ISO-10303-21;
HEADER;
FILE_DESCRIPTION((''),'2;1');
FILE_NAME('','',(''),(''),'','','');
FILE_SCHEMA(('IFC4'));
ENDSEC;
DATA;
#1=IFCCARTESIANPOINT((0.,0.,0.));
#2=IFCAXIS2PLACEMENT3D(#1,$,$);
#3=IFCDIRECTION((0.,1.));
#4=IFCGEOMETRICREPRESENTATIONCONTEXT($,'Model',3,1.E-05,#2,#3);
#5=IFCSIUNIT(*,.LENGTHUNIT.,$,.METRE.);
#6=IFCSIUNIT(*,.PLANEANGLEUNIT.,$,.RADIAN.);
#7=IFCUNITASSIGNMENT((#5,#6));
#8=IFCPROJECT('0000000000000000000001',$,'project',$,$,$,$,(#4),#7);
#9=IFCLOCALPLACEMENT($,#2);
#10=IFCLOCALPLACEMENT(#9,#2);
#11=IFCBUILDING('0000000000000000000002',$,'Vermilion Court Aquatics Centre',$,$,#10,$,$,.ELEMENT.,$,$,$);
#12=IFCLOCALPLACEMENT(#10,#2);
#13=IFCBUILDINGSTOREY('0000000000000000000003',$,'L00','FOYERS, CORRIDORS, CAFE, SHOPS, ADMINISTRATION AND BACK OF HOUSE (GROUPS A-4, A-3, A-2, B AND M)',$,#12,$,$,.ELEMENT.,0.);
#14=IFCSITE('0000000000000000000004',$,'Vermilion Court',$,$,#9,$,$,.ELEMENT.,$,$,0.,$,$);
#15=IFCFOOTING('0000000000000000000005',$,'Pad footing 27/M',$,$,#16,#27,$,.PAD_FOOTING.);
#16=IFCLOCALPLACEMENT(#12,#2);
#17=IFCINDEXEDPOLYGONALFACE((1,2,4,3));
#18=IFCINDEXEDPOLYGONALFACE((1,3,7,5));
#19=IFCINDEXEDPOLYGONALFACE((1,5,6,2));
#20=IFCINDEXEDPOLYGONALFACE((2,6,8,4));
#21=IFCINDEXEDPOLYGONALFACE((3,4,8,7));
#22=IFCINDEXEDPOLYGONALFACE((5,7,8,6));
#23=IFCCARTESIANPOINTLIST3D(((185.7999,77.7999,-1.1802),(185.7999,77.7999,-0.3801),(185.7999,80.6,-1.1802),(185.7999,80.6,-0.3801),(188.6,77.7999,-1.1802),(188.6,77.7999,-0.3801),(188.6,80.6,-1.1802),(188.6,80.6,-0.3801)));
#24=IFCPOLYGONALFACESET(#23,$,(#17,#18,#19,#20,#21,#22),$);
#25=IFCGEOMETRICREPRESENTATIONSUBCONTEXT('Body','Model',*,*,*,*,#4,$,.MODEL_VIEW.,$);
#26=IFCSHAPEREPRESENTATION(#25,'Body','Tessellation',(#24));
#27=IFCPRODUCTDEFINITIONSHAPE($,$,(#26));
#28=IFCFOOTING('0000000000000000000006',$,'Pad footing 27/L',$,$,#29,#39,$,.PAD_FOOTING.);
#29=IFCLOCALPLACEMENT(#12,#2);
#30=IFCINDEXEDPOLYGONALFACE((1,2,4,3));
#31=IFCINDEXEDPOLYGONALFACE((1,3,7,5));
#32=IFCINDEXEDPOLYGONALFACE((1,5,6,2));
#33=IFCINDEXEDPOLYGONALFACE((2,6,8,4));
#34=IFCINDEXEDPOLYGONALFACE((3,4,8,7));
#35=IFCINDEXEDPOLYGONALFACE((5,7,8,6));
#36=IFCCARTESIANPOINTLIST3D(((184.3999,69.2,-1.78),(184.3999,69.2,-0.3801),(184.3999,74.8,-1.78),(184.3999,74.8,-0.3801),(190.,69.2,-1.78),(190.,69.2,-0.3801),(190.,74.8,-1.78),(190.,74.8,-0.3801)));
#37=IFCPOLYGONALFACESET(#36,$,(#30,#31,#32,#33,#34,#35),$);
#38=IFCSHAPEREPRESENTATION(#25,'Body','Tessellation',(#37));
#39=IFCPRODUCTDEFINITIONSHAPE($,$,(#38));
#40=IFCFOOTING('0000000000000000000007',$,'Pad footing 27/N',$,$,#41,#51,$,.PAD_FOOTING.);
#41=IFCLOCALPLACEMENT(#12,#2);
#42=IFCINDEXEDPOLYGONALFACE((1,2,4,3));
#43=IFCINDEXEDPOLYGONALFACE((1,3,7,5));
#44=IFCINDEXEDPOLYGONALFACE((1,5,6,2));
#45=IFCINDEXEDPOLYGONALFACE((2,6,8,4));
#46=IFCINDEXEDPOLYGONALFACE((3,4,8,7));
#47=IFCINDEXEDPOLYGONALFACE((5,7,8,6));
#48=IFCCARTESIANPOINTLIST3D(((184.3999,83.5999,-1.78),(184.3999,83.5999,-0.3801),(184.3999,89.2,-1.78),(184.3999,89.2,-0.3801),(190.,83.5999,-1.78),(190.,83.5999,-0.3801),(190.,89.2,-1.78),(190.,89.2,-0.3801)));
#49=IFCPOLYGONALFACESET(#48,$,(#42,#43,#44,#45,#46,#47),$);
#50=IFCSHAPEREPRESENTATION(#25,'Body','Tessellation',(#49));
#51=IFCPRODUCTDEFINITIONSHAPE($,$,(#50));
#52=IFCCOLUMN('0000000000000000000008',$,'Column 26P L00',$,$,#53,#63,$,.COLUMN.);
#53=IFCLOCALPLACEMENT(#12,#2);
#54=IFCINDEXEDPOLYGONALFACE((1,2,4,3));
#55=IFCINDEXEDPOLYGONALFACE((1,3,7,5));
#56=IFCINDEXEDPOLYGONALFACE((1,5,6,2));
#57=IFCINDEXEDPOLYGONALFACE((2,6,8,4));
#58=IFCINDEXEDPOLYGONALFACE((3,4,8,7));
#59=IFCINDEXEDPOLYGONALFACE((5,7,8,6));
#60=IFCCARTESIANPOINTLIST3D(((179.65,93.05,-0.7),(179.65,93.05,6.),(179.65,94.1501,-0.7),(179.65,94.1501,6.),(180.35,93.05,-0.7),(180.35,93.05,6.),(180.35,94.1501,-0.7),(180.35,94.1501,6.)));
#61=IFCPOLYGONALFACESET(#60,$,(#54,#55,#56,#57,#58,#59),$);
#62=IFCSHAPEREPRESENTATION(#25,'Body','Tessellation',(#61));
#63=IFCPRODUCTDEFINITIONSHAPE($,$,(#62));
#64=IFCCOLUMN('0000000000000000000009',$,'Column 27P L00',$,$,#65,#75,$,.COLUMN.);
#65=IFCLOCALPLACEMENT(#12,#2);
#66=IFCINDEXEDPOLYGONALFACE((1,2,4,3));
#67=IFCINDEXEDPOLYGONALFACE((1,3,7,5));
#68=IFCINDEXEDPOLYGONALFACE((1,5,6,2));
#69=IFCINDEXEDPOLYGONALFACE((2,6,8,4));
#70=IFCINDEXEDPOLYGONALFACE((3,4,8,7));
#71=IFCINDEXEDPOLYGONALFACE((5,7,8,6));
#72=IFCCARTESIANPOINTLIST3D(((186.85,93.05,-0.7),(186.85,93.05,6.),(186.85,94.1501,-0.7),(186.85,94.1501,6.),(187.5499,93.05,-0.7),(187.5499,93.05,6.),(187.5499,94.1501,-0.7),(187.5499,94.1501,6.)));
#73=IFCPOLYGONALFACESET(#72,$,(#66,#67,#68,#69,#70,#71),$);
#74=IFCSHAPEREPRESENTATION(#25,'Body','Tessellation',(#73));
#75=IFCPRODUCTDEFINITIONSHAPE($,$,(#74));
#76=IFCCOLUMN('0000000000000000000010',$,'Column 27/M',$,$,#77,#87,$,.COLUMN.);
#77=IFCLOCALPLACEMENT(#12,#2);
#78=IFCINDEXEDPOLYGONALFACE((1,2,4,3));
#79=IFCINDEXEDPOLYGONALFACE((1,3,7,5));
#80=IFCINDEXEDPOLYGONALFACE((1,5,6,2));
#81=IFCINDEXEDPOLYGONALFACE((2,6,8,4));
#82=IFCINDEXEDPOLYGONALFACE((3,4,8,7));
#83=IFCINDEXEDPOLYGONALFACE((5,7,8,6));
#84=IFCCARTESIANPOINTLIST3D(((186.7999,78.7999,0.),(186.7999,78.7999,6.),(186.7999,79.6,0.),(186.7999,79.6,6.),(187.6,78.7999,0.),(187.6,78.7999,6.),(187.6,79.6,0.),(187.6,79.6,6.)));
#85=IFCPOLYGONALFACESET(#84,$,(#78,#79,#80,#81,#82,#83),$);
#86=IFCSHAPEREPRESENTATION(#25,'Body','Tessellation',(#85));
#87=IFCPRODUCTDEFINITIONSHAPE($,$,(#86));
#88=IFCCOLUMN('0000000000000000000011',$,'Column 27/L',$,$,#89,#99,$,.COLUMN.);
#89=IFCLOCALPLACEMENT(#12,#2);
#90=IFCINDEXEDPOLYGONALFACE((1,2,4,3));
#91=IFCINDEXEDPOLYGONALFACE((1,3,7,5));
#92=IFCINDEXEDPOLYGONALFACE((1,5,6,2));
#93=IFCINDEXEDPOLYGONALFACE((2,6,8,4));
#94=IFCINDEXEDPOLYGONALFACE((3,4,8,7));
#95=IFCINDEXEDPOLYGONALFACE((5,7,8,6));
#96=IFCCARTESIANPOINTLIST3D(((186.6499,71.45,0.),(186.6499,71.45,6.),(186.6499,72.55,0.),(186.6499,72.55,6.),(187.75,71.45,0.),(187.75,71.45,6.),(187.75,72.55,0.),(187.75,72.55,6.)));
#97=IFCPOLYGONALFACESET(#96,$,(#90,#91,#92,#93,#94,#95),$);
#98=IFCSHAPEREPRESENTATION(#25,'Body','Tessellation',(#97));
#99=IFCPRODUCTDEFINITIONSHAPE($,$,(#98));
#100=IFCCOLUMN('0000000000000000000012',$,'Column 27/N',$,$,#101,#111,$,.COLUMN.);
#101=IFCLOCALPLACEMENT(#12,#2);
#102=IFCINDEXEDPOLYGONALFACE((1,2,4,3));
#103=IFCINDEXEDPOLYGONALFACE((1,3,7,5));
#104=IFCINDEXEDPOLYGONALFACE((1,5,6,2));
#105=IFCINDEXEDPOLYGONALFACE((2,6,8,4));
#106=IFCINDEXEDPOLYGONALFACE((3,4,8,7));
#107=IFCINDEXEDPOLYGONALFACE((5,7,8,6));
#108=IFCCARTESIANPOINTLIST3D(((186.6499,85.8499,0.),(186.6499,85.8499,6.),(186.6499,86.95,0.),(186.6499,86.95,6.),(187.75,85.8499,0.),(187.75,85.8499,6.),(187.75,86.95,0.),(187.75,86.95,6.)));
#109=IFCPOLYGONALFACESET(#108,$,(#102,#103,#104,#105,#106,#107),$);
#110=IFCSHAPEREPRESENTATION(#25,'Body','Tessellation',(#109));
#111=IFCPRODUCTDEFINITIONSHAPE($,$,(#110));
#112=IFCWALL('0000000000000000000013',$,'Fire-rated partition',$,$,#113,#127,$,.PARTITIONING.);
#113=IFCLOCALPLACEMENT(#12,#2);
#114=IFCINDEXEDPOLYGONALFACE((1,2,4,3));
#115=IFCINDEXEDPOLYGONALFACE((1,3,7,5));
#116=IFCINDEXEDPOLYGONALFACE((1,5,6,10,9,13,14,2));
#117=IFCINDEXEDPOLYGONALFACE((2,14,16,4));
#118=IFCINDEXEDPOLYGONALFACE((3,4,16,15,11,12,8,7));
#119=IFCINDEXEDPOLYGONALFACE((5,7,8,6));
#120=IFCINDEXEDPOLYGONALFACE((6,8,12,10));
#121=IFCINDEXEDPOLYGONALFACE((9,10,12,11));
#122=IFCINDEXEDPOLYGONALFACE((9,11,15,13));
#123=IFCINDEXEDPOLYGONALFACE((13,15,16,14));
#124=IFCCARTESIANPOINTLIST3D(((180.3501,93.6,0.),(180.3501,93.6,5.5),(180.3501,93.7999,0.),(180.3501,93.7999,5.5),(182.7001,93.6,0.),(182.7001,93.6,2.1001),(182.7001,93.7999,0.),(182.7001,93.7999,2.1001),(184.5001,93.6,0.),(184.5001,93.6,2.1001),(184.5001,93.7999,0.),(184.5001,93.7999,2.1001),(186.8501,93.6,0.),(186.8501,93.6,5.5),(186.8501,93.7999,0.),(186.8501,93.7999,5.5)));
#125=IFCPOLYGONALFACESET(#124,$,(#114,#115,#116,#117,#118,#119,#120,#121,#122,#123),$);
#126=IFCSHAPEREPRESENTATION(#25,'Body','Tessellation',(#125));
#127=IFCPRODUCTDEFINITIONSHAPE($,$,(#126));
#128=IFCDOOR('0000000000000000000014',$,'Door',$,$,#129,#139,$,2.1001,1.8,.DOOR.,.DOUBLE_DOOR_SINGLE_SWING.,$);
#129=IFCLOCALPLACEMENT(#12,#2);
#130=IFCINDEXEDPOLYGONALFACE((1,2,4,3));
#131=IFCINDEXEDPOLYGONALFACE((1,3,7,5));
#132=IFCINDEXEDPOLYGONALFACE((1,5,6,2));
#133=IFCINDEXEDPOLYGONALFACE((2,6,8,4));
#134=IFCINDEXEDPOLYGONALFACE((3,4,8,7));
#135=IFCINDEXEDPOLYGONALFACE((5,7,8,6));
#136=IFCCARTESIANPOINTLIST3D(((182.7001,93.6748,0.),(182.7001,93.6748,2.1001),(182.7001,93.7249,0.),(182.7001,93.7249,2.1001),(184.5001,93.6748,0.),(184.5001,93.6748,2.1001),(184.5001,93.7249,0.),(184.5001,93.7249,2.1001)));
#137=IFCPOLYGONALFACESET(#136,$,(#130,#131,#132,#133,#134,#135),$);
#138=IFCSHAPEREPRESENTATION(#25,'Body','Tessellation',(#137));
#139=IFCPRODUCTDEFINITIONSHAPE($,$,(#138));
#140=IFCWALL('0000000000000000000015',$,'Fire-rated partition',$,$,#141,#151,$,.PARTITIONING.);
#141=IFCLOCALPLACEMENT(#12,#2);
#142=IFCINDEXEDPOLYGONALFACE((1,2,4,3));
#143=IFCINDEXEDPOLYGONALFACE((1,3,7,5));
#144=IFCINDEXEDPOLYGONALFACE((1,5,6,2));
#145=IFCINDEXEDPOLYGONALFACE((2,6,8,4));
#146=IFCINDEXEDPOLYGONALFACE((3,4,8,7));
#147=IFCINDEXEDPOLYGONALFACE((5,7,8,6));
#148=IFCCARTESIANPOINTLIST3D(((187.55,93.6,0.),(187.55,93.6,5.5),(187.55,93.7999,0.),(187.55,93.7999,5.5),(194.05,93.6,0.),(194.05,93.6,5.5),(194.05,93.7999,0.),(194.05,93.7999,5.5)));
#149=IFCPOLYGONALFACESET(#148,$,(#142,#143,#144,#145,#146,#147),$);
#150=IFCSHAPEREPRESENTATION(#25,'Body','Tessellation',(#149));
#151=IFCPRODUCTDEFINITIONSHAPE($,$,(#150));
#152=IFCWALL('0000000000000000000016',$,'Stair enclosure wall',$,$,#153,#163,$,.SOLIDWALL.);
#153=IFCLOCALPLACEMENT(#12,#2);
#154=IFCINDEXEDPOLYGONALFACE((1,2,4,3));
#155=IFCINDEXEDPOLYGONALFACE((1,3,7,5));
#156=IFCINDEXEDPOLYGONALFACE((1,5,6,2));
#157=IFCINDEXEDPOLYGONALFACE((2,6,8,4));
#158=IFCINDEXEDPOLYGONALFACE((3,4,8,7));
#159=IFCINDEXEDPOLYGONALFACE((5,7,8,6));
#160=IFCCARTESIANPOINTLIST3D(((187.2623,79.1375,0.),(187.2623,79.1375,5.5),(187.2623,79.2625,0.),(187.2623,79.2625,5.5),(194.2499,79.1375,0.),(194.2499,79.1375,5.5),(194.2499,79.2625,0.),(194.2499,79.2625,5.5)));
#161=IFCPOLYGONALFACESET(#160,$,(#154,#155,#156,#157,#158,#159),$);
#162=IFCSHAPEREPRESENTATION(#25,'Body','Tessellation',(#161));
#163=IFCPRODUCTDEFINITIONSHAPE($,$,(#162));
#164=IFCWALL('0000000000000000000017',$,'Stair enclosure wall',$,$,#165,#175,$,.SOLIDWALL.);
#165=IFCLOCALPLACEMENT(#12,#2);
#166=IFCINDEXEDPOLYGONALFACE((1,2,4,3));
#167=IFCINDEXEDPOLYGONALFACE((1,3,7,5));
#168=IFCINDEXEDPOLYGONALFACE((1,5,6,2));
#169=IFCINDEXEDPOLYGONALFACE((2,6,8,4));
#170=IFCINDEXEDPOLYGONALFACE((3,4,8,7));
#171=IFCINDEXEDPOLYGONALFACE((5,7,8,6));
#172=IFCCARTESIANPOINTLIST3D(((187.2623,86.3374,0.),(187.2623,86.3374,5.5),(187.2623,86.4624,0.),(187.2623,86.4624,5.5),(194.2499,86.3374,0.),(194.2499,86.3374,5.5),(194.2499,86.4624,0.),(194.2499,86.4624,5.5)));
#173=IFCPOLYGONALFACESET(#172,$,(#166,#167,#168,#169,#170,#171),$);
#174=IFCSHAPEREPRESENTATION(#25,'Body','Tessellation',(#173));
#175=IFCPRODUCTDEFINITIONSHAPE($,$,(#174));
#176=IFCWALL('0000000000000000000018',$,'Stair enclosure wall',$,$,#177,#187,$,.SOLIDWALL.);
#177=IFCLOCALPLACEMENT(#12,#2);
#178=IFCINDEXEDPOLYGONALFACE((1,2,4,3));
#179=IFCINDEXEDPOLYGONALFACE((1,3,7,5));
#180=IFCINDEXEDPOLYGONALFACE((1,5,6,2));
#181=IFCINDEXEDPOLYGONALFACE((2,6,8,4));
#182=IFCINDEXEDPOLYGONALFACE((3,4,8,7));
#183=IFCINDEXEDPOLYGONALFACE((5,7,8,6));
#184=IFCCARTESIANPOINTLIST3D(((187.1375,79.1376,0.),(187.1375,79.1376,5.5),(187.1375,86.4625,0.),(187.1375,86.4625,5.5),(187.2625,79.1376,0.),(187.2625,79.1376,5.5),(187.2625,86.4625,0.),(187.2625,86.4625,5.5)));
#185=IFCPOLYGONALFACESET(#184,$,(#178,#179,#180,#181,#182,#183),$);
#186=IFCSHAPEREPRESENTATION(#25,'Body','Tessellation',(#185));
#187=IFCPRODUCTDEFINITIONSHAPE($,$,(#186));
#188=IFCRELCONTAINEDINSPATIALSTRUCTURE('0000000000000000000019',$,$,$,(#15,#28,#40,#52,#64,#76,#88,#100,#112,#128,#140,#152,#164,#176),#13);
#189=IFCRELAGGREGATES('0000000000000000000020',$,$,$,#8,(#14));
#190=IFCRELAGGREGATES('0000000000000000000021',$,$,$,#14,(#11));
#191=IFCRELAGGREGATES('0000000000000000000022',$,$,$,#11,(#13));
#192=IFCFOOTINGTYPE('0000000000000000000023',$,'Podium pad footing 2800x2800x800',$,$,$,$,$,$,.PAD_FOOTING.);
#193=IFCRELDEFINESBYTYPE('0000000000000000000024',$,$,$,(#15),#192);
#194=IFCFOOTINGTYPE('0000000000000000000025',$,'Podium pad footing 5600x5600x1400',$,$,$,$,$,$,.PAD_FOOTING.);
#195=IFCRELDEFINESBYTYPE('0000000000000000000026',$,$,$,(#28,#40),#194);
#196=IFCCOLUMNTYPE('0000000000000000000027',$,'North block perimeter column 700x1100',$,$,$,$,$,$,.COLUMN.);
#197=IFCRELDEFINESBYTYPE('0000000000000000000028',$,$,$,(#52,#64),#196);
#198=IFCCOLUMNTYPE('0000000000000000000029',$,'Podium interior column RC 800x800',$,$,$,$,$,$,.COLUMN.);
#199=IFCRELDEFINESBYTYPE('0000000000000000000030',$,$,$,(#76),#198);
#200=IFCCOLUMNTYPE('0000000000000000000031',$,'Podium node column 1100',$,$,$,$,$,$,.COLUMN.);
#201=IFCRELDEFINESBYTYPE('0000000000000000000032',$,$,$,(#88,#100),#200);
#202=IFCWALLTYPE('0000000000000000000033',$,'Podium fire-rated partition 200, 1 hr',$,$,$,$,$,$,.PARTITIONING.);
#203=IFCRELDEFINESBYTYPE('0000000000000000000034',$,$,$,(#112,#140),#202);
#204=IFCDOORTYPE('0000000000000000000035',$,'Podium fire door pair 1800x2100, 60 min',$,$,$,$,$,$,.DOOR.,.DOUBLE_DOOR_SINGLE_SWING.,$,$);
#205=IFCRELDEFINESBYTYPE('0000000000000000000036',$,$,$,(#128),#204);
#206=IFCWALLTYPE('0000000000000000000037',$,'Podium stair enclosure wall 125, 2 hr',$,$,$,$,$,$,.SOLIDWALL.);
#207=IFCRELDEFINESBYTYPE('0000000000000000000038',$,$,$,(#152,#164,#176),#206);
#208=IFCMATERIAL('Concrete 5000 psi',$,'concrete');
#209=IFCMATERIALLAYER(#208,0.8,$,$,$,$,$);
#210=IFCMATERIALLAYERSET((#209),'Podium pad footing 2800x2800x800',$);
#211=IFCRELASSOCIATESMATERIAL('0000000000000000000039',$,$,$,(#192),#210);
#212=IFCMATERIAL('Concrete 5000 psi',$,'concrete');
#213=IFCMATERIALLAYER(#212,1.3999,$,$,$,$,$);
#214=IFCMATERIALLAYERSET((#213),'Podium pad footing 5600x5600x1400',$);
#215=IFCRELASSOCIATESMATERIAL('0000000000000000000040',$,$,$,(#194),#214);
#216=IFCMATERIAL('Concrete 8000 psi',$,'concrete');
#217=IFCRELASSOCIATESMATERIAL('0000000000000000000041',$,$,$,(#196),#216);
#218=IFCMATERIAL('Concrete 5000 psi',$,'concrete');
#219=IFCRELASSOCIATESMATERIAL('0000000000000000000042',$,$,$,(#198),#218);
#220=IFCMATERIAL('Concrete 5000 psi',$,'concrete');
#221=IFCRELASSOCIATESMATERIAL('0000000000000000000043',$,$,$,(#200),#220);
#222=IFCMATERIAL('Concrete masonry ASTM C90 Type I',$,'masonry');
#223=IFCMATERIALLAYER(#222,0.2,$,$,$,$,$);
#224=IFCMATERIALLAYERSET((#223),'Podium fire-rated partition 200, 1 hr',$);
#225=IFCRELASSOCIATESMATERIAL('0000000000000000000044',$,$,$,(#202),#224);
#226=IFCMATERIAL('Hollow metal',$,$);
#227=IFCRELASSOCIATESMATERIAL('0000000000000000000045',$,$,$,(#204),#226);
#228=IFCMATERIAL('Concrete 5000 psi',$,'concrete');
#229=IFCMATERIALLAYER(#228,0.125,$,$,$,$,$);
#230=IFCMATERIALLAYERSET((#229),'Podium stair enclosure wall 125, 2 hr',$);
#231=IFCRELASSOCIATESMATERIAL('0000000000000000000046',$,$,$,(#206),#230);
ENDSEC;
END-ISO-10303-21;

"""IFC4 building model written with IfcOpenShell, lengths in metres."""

from ifc_helpers import new_model, si_unit, direction, frame, frame_2d, origin, origin_2d, place, context, subcontext, project, spatial, rectangle, extrude, material, layer, layer_set, material_profile, profile_set, type_object, element, fill, save


model = new_model("IFC4")

# Units and contexts
model_context = context("Model", 3, precision=1e-05, world=origin(), true_north=direction((0.0, 1.0)))
body_context = subcontext(model_context, "Body", "Model", "MODEL_VIEW")
ifc_project = project(units=[si_unit("LENGTHUNIT", "METRE"), si_unit("PLANEANGLEUNIT", "RADIAN")], contexts=[model_context])

# Site, building, storey
site_placement = place(None, origin())
site = spatial("IfcSite", under=ifc_project, at=site_placement, Name="Vermilion Court", CompositionType="ELEMENT", RefElevation=0.0)
building_placement = place(site_placement, origin())
building = spatial("IfcBuilding", under=site, at=building_placement, Name="Vermilion Court Aquatics Centre", CompositionType="ELEMENT")
storey_placement = place(building_placement, origin())
storey = spatial("IfcBuildingStorey", under=building, at=storey_placement, Name="L00", Description="FOYERS, CORRIDORS, CAFE, SHOPS, ADMINISTRATION AND BACK OF HOUSE (GROUPS A-4, A-3, A-2, B AND M)", CompositionType="ELEMENT", Elevation=0.0)

# Footings
ifc_material_1 = material(Name="Concrete 5000 psi", Category="concrete")
ifc_layer_1 = layer(ifc_material_1, 0.8)
ifc_layer_set_1 = layer_set([ifc_layer_1], Name="Podium pad footing 2800x2800x800")
footing_type_1 = type_object("IfcFootingType", Name="Podium pad footing 2800x2800x800", PredefinedType="PAD_FOOTING", material=ifc_layer_set_1)
footing_placement = place(storey_placement, frame((187.2, 79.2, -1.1802), z_axis=(0.0, 0.0, 1.0), x_axis=(1.0, 0.0, 0.0)))
element("IfcFooting", 1, at=footing_placement, inside=storey, type_object=footing_type_1, Name="Pad footing 27/M", PredefinedType="PAD_FOOTING", context=body_context, shape_type="SweptSolid", body=[
    extrude(rectangle(XDim=2.8, YDim=2.8, at=origin_2d()), origin(), (0.0, 0.0, 1.0), 0.8),
])
ifc_material_2 = material(Name="Concrete 5000 psi", Category="concrete")
ifc_layer_2 = layer(ifc_material_2, 1.3999)
ifc_layer_set_2 = layer_set([ifc_layer_2], Name="Podium pad footing 5600x5600x1400")
footing_type_2 = type_object("IfcFootingType", Name="Podium pad footing 5600x5600x1400", PredefinedType="PAD_FOOTING", material=ifc_layer_set_2)
for number, where, z_axis, x_axis, name in (
    (2, (187.2, 72.0, -1.78), (0.0, 0.0, 1.0), (1.0, 0.0, 0.0), "Pad footing 27/L"),
    (3, (187.2, 86.3999, -1.78), (0.0, 0.0, 1.0), (1.0, 0.0, 0.0), "Pad footing 27/N"),
):
    element("IfcFooting", number, at=place(storey_placement, frame(where, z_axis=z_axis, x_axis=x_axis)), inside=storey, type_object=footing_type_2, Name=name, PredefinedType="PAD_FOOTING", context=body_context, shape_type="SweptSolid", body=[
        extrude(rectangle(XDim=5.6001, YDim=5.6001, at=origin_2d()), origin(), (0.0, 0.0, 1.0), 1.3999),
    ])

# Columns
ifc_material_3 = material(Name="Concrete 8000 psi", Category="concrete")
ifc_material_profile_1 = material_profile(ifc_material_3, rectangle(XDim=0.7, YDim=1.1001, at=origin_2d()), Name="RC 700x1100")
ifc_profile_set_1 = profile_set([ifc_material_profile_1], Name="Concrete 8000 psi")
column_type_1 = type_object("IfcColumnType", Name="North block perimeter column 700x1100", PredefinedType="COLUMN", material=ifc_profile_set_1)
for number, where, z_axis, x_axis, name in (
    (4, (180.0, 93.6001, -0.7), (0.0, 0.0, 1.0), (1.0, 0.0, 0.0), "Column 26P L00"),
    (5, (187.2, 93.6001, -0.7), (0.0, 0.0, 1.0), (1.0, 0.0, 0.0), "Column 27P L00"),
):
    element("IfcColumn", number, at=place(storey_placement, frame(where, z_axis=z_axis, x_axis=x_axis)), inside=storey, type_object=column_type_1, Name=name, PredefinedType="COLUMN", context=body_context, shape_type="SweptSolid", body=[
        extrude(rectangle(XDim=0.7, YDim=1.1001, at=origin_2d()), origin(), (0.0, 0.0, 1.0), 6.7),
    ])
ifc_material_4 = material(Name="Concrete 5000 psi", Category="concrete")
ifc_material_profile_2 = material_profile(ifc_material_4, rectangle(XDim=0.8, YDim=0.8, at=origin_2d()), Name="RC 800x800")
ifc_profile_set_2 = profile_set([ifc_material_profile_2], Name="Concrete 5000 psi")
column_type_2 = type_object("IfcColumnType", Name="Podium interior column RC 800x800", PredefinedType="COLUMN", material=ifc_profile_set_2)
column_placement = place(storey_placement, frame((187.2, 79.2, 0.0), z_axis=(0.0, 0.0, 1.0), x_axis=(1.0, 0.0, 0.0)))
element("IfcColumn", 6, at=column_placement, inside=storey, type_object=column_type_2, Name="Column 27/M", PredefinedType="COLUMN", context=body_context, shape_type="SweptSolid", body=[
    extrude(rectangle(XDim=0.8, YDim=0.8, at=origin_2d()), origin(), (0.0, 0.0, 1.0), 6.0),
])
ifc_material_5 = material(Name="Concrete 5000 psi", Category="concrete")
ifc_material_profile_3 = material_profile(ifc_material_5, rectangle(XDim=1.1001, YDim=1.1001, at=origin_2d()), Name="RC 1100x1100")
ifc_profile_set_3 = profile_set([ifc_material_profile_3], Name="Concrete 5000 psi")
column_type_3 = type_object("IfcColumnType", Name="Podium node column 1100", PredefinedType="COLUMN", material=ifc_profile_set_3)
for number, where, z_axis, x_axis, name in (
    (7, (187.2, 72.0, 0.0), (0.0, 0.0, 1.0), (1.0, 0.0, 0.0), "Column 27/L"),
    (8, (187.2, 86.3999, 0.0), (0.0, 0.0, 1.0), (1.0, 0.0, 0.0), "Column 27/N"),
):
    element("IfcColumn", number, at=place(storey_placement, frame(where, z_axis=z_axis, x_axis=x_axis)), inside=storey, type_object=column_type_3, Name=name, PredefinedType="COLUMN", context=body_context, shape_type="SweptSolid", body=[
        extrude(rectangle(XDim=1.1001, YDim=1.1001, at=origin_2d()), origin(), (0.0, 0.0, 1.0), 6.0),
    ])

# Wall, opening, door
ifc_material_6 = material(Name="Concrete masonry ASTM C90 Type I", Category="masonry")
ifc_layer_3 = layer(ifc_material_6, 0.2)
ifc_layer_set_3 = layer_set([ifc_layer_3], Name="Podium fire-rated partition 200, 1 hr")
wall_type_1 = type_object("IfcWallType", Name="Podium fire-rated partition 200, 1 hr", PredefinedType="PARTITIONING", material=ifc_layer_set_3)
wall_1_placement = place(storey_placement, frame((180.3501, 93.7, 0.0), z_axis=(0.0, 0.0, 1.0), x_axis=(1.0, 0.0, 0.0)))
wall_1 = element("IfcWall", 9, at=wall_1_placement, inside=storey, type_object=wall_type_1, Name="Fire-rated partition", PredefinedType="PARTITIONING", context=body_context, shape_type="SweptSolid", body=[
    extrude(rectangle(XDim=6.5, YDim=0.2, at=frame_2d((3.25, 0.0))), origin(), (0.0, 0.0, 1.0), 5.5),
])
opening_placement = place(wall_1_placement, frame((2.3501, 0.0, 0.0)))
opening = element("IfcOpeningElement", 10, at=opening_placement, cuts=wall_1, PredefinedType="OPENING", context=body_context, shape_type="SweptSolid", body=[
    extrude(rectangle(XDim=1.8, YDim=2.1001, at=frame_2d((0.8999, 1.05))), frame((0.0, 0.1099, 0.0), z_axis=(0.0, -1.0, 0.0), x_axis=(1.0, 0.0, 0.0)), (0.0, 0.0, 1.0), 0.22),
])
ifc_material_7 = material(Name="Hollow metal")
door_type = type_object("IfcDoorType", Name="Podium fire door pair 1800x2100, 60 min", OperationType="DOUBLE_DOOR_SINGLE_SWING", PredefinedType="DOOR", material=ifc_material_7)
door_placement = place(opening_placement, origin())
door = element("IfcDoor", 11, at=door_placement, inside=storey, type_object=door_type, Name="Door", OperationType="DOUBLE_DOOR_SINGLE_SWING", OverallHeight=2.1001, OverallWidth=1.8, PredefinedType="DOOR", context=body_context, shape_type="SweptSolid", body=[
    extrude(rectangle(XDim=1.8, YDim=2.1001, at=frame_2d((0.8999, 1.05))), frame((0.0, 0.0249, 0.0), z_axis=(0.0, -1.0, 0.0), x_axis=(1.0, 0.0, 0.0)), (0.0, 0.0, 1.0), 0.05),
])
fill(opening, door)

# Walls
wall_2_placement = place(storey_placement, frame((187.55, 93.7, 0.0), z_axis=(0.0, 0.0, 1.0), x_axis=(1.0, 0.0, 0.0)))
element("IfcWall", 12, at=wall_2_placement, inside=storey, type_object=wall_type_1, Name="Fire-rated partition", PredefinedType="PARTITIONING", context=body_context, shape_type="SweptSolid", body=[
    extrude(rectangle(XDim=6.5, YDim=0.2, at=frame_2d((3.25, 0.0))), origin(), (0.0, 0.0, 1.0), 5.5),
])
ifc_material_8 = material(Name="Concrete 5000 psi", Category="concrete")
ifc_layer_4 = layer(ifc_material_8, 0.125)
ifc_layer_set_4 = layer_set([ifc_layer_4], Name="Podium stair enclosure wall 125, 2 hr")
wall_type_2 = type_object("IfcWallType", Name="Podium stair enclosure wall 125, 2 hr", PredefinedType="SOLIDWALL", material=ifc_layer_set_4)
for number, where, z_axis, x_axis, name in (
    (13, (187.2625, 79.2, 0.0), (0.0, 0.0, 1.0), (1.0, 0.0, 0.0), "Stair enclosure wall"),
    (14, (187.2625, 86.3999, 0.0), (0.0, 0.0, 1.0), (1.0, 0.0, 0.0), "Stair enclosure wall"),
):
    element("IfcWall", number, at=place(storey_placement, frame(where, z_axis=z_axis, x_axis=x_axis)), inside=storey, type_object=wall_type_2, Name=name, PredefinedType="SOLIDWALL", context=body_context, shape_type="SweptSolid", body=[
        extrude(rectangle(XDim=6.9875, YDim=0.125, at=frame_2d((3.4937, 0.0))), origin(), (0.0, 0.0, 1.0), 5.5),
    ])
wall_3_placement = place(storey_placement, frame((187.2, 79.1375, 0.0), z_axis=(0.0, 0.0, 1.0), x_axis=(0.0, 1.0, 0.0)))
element("IfcWall", 15, at=wall_3_placement, inside=storey, type_object=wall_type_2, Name="Stair enclosure wall", PredefinedType="SOLIDWALL", context=body_context, shape_type="SweptSolid", body=[
    extrude(rectangle(XDim=7.325, YDim=0.125, at=frame_2d((3.6626, 0.0))), origin(), (0.0, 0.0, 1.0), 5.5),
])

save(model, "model.ifc")
